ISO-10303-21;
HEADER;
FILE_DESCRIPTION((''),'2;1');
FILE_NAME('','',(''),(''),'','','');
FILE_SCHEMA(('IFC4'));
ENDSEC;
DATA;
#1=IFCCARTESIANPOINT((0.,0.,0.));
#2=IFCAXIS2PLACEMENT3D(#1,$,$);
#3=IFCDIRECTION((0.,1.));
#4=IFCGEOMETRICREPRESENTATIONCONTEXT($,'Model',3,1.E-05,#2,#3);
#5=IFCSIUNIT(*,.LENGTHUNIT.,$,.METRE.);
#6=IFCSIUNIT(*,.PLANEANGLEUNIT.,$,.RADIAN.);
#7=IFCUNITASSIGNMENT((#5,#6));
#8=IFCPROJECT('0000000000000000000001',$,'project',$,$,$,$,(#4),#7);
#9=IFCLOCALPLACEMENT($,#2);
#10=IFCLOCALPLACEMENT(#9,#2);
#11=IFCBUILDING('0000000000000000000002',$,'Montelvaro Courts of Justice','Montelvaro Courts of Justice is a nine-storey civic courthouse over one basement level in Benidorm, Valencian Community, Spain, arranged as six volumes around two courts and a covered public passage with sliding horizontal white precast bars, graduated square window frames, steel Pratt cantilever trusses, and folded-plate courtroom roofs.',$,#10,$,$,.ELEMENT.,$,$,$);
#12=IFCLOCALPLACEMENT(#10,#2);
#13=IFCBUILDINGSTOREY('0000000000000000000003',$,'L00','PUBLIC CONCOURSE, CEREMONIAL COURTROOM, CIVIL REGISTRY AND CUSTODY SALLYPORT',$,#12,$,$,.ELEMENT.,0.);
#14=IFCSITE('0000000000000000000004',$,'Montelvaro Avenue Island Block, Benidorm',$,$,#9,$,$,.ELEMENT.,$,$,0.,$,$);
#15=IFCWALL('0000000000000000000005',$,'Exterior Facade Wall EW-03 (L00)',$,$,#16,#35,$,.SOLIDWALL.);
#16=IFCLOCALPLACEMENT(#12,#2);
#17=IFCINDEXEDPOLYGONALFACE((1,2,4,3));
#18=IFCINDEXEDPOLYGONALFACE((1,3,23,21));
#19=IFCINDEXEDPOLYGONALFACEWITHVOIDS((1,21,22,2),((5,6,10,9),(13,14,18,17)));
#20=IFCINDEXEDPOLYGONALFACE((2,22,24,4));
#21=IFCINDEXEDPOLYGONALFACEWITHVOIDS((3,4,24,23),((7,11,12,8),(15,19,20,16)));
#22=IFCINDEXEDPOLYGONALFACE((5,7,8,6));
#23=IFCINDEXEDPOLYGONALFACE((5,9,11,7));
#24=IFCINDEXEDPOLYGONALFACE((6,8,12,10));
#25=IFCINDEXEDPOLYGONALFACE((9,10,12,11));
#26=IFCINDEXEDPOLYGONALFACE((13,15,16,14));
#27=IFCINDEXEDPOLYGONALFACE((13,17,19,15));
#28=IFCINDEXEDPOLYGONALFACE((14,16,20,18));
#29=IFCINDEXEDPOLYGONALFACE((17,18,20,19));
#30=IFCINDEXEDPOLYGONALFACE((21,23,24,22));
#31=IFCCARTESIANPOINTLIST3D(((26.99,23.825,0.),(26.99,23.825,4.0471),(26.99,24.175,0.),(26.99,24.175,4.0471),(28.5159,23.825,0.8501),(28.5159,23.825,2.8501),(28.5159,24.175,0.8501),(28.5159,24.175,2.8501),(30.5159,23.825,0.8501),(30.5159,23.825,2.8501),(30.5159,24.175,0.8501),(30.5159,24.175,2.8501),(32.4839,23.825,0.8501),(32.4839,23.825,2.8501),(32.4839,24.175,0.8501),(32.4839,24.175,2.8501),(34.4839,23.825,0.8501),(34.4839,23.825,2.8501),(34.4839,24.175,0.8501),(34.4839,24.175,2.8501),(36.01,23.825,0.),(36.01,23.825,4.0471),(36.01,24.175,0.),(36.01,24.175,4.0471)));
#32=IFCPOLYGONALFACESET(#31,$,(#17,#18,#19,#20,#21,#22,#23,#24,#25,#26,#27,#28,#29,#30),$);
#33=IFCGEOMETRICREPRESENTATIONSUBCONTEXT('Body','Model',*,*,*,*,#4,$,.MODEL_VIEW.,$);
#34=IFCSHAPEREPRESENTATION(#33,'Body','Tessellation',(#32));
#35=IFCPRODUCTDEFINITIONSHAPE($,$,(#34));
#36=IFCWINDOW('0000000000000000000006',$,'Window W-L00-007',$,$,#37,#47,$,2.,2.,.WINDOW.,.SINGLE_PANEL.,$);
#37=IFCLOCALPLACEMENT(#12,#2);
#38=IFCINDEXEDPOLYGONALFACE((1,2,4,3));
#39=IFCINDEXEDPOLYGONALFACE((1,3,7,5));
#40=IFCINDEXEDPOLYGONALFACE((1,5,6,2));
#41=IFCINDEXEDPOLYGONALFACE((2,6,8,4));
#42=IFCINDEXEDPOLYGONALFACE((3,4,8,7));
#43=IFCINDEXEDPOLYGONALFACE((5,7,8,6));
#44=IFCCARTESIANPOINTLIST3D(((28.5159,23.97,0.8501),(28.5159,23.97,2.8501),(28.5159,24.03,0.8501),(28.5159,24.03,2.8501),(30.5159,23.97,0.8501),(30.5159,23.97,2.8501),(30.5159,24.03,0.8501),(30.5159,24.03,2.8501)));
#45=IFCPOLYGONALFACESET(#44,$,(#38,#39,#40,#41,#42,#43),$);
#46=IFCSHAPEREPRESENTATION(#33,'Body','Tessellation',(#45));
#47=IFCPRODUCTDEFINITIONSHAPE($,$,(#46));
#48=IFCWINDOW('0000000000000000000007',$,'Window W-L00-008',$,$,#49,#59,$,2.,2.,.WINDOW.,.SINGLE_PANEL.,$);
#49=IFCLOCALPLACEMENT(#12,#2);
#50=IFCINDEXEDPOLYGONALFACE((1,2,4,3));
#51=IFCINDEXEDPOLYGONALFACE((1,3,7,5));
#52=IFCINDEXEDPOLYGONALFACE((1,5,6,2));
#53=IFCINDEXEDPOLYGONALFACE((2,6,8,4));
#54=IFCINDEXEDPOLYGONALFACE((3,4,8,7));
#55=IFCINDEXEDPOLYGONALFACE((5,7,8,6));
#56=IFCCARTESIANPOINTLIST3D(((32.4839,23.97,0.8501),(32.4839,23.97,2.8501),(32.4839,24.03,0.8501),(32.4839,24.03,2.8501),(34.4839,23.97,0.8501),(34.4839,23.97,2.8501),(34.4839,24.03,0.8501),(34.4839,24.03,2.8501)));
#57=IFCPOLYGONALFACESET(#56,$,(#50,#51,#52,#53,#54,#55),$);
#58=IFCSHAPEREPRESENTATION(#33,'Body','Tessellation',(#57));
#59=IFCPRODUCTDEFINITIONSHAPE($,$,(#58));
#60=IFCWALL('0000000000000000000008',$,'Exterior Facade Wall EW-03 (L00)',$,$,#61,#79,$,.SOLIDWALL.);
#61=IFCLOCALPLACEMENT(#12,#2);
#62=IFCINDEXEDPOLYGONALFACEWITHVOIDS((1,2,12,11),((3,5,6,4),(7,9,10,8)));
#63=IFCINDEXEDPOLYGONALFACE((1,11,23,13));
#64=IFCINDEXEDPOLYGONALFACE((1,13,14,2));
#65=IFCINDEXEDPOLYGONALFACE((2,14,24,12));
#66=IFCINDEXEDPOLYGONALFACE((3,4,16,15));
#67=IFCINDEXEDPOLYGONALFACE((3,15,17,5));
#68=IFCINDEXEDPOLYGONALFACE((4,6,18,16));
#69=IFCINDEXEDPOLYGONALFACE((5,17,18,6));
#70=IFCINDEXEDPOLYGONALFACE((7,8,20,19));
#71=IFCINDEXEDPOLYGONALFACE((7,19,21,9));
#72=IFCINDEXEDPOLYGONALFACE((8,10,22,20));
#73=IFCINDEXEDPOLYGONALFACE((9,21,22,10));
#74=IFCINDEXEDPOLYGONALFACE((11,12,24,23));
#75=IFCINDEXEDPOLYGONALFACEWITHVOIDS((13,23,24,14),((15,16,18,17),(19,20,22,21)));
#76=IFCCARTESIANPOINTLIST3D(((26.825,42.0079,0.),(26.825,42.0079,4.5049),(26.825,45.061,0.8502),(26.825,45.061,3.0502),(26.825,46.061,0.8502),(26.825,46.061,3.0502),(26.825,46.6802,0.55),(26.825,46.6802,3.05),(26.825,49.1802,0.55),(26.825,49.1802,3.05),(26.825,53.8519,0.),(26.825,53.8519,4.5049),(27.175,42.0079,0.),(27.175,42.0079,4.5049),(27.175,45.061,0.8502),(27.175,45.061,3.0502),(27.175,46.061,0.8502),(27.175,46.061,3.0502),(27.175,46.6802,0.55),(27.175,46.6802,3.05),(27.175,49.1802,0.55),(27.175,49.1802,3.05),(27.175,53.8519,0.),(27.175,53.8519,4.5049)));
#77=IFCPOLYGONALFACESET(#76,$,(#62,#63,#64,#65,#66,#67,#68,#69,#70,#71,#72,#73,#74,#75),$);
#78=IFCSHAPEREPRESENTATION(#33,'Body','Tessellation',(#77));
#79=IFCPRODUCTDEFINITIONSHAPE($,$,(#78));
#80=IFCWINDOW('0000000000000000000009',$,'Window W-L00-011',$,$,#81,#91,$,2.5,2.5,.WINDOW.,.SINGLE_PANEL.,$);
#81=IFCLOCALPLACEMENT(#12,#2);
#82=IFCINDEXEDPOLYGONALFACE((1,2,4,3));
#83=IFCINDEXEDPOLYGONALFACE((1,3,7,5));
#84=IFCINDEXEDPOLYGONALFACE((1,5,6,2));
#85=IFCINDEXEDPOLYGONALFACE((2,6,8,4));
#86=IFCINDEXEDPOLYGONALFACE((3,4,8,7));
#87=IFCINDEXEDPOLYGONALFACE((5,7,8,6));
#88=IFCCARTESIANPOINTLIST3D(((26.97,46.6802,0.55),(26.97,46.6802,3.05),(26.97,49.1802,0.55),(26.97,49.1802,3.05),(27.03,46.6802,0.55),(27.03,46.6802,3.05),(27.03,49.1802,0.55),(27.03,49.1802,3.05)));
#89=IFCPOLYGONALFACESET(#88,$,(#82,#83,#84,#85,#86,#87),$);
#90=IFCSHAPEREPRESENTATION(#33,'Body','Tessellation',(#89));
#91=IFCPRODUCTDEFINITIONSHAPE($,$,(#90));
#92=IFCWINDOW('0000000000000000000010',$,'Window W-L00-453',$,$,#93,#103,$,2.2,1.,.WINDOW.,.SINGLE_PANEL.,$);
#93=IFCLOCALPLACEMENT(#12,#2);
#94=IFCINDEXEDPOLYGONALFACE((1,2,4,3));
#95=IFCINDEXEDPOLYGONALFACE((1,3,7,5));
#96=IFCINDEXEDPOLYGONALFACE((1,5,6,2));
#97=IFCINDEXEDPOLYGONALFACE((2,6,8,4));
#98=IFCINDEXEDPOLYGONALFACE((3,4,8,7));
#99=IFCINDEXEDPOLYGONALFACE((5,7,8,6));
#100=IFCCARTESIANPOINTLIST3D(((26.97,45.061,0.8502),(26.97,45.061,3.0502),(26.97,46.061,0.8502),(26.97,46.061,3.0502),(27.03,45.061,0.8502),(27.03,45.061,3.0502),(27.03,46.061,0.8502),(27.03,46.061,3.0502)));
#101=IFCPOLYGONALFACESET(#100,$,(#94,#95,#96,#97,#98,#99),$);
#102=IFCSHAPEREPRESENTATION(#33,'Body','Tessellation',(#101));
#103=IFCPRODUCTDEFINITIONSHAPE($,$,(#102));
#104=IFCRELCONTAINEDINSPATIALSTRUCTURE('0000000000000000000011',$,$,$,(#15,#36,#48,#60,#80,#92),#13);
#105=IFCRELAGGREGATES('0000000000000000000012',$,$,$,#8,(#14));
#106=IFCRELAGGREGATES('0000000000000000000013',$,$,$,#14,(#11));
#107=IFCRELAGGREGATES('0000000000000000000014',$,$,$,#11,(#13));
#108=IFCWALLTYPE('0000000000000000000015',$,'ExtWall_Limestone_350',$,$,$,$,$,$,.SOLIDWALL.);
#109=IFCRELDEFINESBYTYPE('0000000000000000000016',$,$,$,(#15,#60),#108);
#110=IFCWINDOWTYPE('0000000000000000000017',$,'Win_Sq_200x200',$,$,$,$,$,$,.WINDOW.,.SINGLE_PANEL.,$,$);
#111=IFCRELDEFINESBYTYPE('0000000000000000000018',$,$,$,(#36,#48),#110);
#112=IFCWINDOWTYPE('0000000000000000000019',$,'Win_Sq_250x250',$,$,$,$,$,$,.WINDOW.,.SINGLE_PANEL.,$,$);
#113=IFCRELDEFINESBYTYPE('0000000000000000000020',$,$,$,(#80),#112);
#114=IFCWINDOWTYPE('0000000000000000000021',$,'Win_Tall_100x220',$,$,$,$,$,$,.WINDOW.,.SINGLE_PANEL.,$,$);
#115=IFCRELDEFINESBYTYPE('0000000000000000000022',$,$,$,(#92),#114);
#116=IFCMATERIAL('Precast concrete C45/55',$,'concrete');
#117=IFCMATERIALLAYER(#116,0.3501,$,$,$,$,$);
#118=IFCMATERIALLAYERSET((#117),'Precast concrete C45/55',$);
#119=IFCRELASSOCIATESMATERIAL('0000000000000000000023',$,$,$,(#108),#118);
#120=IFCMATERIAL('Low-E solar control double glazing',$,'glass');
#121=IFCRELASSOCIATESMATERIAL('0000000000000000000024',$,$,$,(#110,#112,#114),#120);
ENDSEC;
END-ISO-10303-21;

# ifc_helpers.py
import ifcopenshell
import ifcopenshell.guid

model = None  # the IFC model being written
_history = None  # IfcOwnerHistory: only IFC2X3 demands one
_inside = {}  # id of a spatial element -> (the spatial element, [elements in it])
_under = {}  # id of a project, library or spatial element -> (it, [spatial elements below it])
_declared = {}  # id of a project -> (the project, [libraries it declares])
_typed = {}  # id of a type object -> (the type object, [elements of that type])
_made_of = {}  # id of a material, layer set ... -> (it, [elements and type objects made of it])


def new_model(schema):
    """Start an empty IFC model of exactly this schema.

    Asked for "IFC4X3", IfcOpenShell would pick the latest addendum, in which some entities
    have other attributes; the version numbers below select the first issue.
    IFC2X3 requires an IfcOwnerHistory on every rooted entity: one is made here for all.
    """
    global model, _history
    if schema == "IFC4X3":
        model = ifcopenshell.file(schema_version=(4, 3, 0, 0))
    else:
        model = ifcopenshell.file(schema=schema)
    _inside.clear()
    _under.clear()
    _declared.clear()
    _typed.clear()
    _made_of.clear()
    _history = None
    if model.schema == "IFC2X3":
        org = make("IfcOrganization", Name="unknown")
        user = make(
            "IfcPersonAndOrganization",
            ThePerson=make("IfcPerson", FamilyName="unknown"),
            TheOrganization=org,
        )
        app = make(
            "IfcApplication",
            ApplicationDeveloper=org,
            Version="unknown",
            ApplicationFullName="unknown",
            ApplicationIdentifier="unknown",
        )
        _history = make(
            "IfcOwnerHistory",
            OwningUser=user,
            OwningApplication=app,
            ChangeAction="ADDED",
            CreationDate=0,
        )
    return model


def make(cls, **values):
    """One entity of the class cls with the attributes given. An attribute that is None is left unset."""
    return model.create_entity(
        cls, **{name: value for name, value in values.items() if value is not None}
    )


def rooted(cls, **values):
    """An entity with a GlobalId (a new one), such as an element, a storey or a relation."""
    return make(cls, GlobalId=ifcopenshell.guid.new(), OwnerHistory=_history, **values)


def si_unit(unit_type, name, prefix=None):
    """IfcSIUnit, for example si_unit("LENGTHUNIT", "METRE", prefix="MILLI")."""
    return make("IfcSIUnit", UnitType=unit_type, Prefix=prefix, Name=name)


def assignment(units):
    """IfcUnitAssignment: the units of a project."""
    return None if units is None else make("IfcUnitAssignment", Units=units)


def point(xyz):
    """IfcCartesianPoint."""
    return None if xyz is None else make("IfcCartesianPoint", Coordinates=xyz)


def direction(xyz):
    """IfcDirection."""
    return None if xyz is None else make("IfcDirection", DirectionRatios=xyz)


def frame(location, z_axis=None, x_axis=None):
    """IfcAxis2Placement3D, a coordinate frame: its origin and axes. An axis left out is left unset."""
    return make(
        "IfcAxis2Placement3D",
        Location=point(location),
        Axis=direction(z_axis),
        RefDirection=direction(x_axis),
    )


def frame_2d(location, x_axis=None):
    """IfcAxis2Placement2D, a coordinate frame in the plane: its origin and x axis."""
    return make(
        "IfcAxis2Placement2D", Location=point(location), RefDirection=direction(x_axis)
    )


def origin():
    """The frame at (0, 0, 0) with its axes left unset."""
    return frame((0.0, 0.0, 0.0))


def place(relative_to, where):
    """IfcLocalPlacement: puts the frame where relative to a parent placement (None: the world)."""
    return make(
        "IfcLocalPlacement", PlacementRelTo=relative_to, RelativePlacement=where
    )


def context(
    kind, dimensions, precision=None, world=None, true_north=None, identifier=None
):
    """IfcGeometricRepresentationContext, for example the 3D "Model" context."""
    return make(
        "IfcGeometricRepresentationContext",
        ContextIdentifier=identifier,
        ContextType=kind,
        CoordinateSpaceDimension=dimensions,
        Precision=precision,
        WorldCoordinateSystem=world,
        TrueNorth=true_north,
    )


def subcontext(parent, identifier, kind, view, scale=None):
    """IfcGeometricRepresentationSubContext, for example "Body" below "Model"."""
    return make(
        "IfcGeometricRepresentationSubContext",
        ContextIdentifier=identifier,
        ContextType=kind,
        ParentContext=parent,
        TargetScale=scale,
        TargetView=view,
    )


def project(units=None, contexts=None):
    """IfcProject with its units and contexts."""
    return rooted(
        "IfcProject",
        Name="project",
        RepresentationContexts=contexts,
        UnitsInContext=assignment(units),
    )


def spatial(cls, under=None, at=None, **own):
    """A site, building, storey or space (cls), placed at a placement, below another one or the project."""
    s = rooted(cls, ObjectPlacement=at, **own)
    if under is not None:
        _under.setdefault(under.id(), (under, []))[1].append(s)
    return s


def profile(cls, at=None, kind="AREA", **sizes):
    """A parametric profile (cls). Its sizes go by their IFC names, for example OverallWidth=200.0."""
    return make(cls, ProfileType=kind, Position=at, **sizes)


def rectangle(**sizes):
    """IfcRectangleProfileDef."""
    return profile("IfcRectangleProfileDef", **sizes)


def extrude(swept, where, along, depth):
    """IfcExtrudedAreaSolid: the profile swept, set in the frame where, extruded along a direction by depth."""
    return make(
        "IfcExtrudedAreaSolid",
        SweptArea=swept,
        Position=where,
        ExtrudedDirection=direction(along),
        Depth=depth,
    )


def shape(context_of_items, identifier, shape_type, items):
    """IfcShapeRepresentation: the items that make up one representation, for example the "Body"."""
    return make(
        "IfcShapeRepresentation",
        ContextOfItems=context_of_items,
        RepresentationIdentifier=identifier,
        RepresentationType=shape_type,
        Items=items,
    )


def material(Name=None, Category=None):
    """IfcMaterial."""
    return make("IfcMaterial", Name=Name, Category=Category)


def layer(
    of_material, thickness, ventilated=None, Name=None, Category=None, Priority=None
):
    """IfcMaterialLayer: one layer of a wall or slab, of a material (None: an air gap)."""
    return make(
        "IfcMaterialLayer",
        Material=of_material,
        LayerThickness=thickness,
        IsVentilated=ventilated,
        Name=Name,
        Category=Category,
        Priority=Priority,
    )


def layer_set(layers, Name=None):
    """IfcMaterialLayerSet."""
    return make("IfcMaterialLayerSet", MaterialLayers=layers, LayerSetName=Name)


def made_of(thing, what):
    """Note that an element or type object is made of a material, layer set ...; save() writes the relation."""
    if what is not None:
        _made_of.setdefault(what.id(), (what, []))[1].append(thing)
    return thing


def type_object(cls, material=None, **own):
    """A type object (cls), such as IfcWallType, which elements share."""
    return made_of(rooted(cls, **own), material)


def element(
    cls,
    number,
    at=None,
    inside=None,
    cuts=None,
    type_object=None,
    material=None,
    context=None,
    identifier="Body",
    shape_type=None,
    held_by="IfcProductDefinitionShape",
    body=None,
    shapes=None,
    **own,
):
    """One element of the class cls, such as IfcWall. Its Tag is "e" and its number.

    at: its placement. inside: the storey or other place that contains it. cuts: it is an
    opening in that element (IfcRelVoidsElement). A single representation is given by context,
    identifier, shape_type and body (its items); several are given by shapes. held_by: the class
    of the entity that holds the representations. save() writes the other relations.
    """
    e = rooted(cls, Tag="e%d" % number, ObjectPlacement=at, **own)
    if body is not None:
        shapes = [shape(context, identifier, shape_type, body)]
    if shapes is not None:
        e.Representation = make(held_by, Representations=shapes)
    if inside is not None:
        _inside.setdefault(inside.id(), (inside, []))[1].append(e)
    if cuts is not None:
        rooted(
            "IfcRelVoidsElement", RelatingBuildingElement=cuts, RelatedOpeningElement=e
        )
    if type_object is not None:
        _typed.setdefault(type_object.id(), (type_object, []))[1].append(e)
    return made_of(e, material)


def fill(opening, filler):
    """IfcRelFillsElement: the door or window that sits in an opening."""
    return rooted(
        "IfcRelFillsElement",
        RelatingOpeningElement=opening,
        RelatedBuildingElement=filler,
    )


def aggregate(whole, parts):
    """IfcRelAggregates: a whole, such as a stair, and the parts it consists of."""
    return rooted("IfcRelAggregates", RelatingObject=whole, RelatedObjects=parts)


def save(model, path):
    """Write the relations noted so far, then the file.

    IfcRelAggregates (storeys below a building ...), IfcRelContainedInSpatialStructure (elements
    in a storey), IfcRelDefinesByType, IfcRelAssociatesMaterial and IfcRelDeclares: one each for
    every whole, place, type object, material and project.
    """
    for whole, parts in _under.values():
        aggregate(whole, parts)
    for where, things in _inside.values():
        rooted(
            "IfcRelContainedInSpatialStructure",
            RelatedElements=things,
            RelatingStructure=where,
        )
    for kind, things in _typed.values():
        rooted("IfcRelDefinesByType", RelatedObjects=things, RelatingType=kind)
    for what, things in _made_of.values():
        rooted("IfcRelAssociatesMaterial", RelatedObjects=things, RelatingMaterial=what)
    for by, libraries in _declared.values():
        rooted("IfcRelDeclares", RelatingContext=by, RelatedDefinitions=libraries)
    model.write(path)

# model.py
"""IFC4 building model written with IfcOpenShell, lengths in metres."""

from ifc_helpers import new_model, si_unit, direction, frame, frame_2d, origin, place, context, subcontext, project, spatial, rectangle, extrude, material, layer, layer_set, type_object, element, fill, save


model = new_model("IFC4")

# Units and contexts
model_context = context("Model", 3, precision=1e-05, world=origin(), true_north=direction((0.0, 1.0)))
body_context = subcontext(model_context, "Body", "Model", "MODEL_VIEW")
ifc_project = project(units=[si_unit("LENGTHUNIT", "METRE"), si_unit("PLANEANGLEUNIT", "RADIAN")], contexts=[model_context])

# Site, building, storey
site_placement = place(None, origin())
site = spatial("IfcSite", under=ifc_project, at=site_placement, Name="Montelvaro Avenue Island Block, Benidorm", CompositionType="ELEMENT", RefElevation=0.0)
building_placement = place(site_placement, origin())
building = spatial("IfcBuilding", under=site, at=building_placement, Name="Montelvaro Courts of Justice", Description="Montelvaro Courts of Justice is a nine-storey civic courthouse over one basement level in Benidorm, Valencian Community, Spain, arranged as six volumes around two courts and a covered public passage with sliding horizontal white precast bars, graduated square window frames, steel Pratt cantilever trusses, and folded-plate courtroom roofs.", CompositionType="ELEMENT")
storey_placement = place(building_placement, origin())
storey = spatial("IfcBuildingStorey", under=building, at=storey_placement, Name="L00", Description="PUBLIC CONCOURSE, CEREMONIAL COURTROOM, CIVIL REGISTRY AND CUSTODY SALLYPORT", CompositionType="ELEMENT", Elevation=0.0)

# Walls, openings, windows
ifc_material_1 = material(Name="Precast concrete C45/55", Category="concrete")
ifc_layer_1 = layer(ifc_material_1, 0.3501)
ifc_layer_set_1 = layer_set([ifc_layer_1], Name="Precast concrete C45/55")
wall_type_1 = type_object("IfcWallType", Name="ExtWall_Limestone_350", PredefinedType="SOLIDWALL", material=ifc_layer_set_1)
ifc_material_2 = material(Name="Low-E solar control double glazing", Category="glass")
window_type_1 = type_object("IfcWindowType", Name="Win_Sq_200x200", PartitioningType="SINGLE_PANEL", PredefinedType="WINDOW", material=ifc_material_2)
wall_1_placement = place(storey_placement, frame((26.99, 24.0, 0.0), z_axis=(0.0, 0.0, 1.0), x_axis=(1.0, 0.0, 0.0)))
wall_1 = element("IfcWall", 1, at=wall_1_placement, inside=storey, type_object=wall_type_1, Name="Exterior Facade Wall EW-03 (L00)", PredefinedType="SOLIDWALL", context=body_context, shape_type="SweptSolid", body=[
    extrude(rectangle(XDim=9.02, YDim=0.3501, at=frame_2d((4.51, 0.0))), origin(), (0.0, 0.0, 1.0), 4.0471),
])
opening_1_placement = place(wall_1_placement, frame((1.5259, 0.0, 0.8501)))
opening_1 = element("IfcOpeningElement", 2, at=opening_1_placement, cuts=wall_1, PredefinedType="OPENING", context=body_context, shape_type="SweptSolid", body=[
    extrude(rectangle(XDim=2.0, YDim=2.0, at=frame_2d((1.0, 1.0))), frame((0.0, 0.1899, 0.0), z_axis=(0.0, -1.0, 0.0), x_axis=(1.0, 0.0, 0.0)), (0.0, 0.0, 1.0), 0.3799),
])
opening_2_placement = place(wall_1_placement, frame((5.4939, 0.0, 0.8501)))
opening_2 = element("IfcOpeningElement", 3, at=opening_2_placement, cuts=wall_1, PredefinedType="OPENING", context=body_context, shape_type="SweptSolid", body=[
    extrude(rectangle(XDim=2.0, YDim=2.0, at=frame_2d((1.0, 1.0))), frame((0.0, 0.1899, 0.0), z_axis=(0.0, -1.0, 0.0), x_axis=(1.0, 0.0, 0.0)), (0.0, 0.0, 1.0), 0.3799),
])
window_1_placement = place(opening_1_placement, origin())
window_1 = element("IfcWindow", 4, at=window_1_placement, inside=storey, type_object=window_type_1, Name="Window W-L00-007", OverallHeight=2.0, OverallWidth=2.0, PartitioningType="SINGLE_PANEL", PredefinedType="WINDOW", context=body_context, shape_type="SweptSolid", body=[
    extrude(rectangle(XDim=2.0, YDim=2.0, at=frame_2d((1.0, 1.0))), frame((0.0, 0.03, 0.0), z_axis=(0.0, -1.0, 0.0), x_axis=(1.0, 0.0, 0.0)), (0.0, 0.0, 1.0), 0.0601),
])
fill(opening_1, window_1)
window_2_placement = place(opening_2_placement, origin())
window_2 = element("IfcWindow", 5, at=window_2_placement, inside=storey, type_object=window_type_1, Name="Window W-L00-008", OverallHeight=2.0, OverallWidth=2.0, PartitioningType="SINGLE_PANEL", PredefinedType="WINDOW", context=body_context, shape_type="SweptSolid", body=[
    extrude(rectangle(XDim=2.0, YDim=2.0, at=frame_2d((1.0, 1.0))), frame((0.0, 0.03, 0.0), z_axis=(0.0, -1.0, 0.0), x_axis=(1.0, 0.0, 0.0)), (0.0, 0.0, 1.0), 0.0601),
])
fill(opening_2, window_2)
wall_2_placement = place(storey_placement, frame((27.0, 42.0081, 0.0), z_axis=(0.0, 0.0, 1.0), x_axis=(0.0, 1.0, 0.0)))
wall_2 = element("IfcWall", 6, at=wall_2_placement, inside=storey, type_object=wall_type_1, Name="Exterior Facade Wall EW-03 (L00)", PredefinedType="SOLIDWALL", context=body_context, shape_type="SweptSolid", body=[
    extrude(rectangle(XDim=11.844, YDim=0.3501, at=frame_2d((5.9219, 0.0))), origin(), (0.0, 0.0, 1.0), 4.5049),
])
opening_3_placement = place(wall_2_placement, frame((4.6721, 0.0, 0.55)))
opening_3 = element("IfcOpeningElement", 7, at=opening_3_placement, cuts=wall_2, PredefinedType="OPENING", context=body_context, shape_type="SweptSolid", body=[
    extrude(rectangle(XDim=2.5, YDim=2.5, at=frame_2d((1.25, 1.25))), frame((0.0, 0.1899, 0.0), z_axis=(0.0, -1.0, 0.0), x_axis=(1.0, 0.0, 0.0)), (0.0, 0.0, 1.0), 0.3799),
])
opening_4_placement = place(wall_2_placement, frame((3.053, 0.0, 0.8501)))
opening_4 = element("IfcOpeningElement", 8, at=opening_4_placement, cuts=wall_2, PredefinedType="OPENING", context=body_context, shape_type="SweptSolid", body=[
    extrude(rectangle(XDim=1.0, YDim=2.2, at=frame_2d((0.5, 1.1001))), frame((0.0, 0.1899, 0.0), z_axis=(0.0, -1.0, 0.0), x_axis=(1.0, 0.0, 0.0)), (0.0, 0.0, 1.0), 0.3799),
])
window_type_2 = type_object("IfcWindowType", Name="Win_Sq_250x250", PartitioningType="SINGLE_PANEL", PredefinedType="WINDOW", material=ifc_material_2)
window_3_placement = place(opening_3_placement, origin())
window_3 = element("IfcWindow", 9, at=window_3_placement, inside=storey, type_object=window_type_2, Name="Window W-L00-011", OverallHeight=2.5, OverallWidth=2.5, PartitioningType="SINGLE_PANEL", PredefinedType="WINDOW", context=body_context, shape_type="SweptSolid", body=[
    extrude(rectangle(XDim=2.5, YDim=2.5, at=frame_2d((1.25, 1.25))), frame((0.0, 0.03, 0.0), z_axis=(0.0, -1.0, 0.0), x_axis=(1.0, 0.0, 0.0)), (0.0, 0.0, 1.0), 0.0601),
])
fill(opening_3, window_3)
window_type_3 = type_object("IfcWindowType", Name="Win_Tall_100x220", PartitioningType="SINGLE_PANEL", PredefinedType="WINDOW", material=ifc_material_2)
window_4_placement = place(opening_4_placement, origin())
window_4 = element("IfcWindow", 10, at=window_4_placement, inside=storey, type_object=window_type_3, Name="Window W-L00-453", OverallHeight=2.2, OverallWidth=1.0, PartitioningType="SINGLE_PANEL", PredefinedType="WINDOW", context=body_context, shape_type="SweptSolid", body=[
    extrude(rectangle(XDim=1.0, YDim=2.2, at=frame_2d((0.5, 1.1001))), frame((0.0, 0.03, 0.0), z_axis=(0.0, -1.0, 0.0), x_axis=(1.0, 0.0, 0.0)), (0.0, 0.0, 1.0), 0.0601),
])
fill(opening_4, window_4)

save(model, "model.ifc")
